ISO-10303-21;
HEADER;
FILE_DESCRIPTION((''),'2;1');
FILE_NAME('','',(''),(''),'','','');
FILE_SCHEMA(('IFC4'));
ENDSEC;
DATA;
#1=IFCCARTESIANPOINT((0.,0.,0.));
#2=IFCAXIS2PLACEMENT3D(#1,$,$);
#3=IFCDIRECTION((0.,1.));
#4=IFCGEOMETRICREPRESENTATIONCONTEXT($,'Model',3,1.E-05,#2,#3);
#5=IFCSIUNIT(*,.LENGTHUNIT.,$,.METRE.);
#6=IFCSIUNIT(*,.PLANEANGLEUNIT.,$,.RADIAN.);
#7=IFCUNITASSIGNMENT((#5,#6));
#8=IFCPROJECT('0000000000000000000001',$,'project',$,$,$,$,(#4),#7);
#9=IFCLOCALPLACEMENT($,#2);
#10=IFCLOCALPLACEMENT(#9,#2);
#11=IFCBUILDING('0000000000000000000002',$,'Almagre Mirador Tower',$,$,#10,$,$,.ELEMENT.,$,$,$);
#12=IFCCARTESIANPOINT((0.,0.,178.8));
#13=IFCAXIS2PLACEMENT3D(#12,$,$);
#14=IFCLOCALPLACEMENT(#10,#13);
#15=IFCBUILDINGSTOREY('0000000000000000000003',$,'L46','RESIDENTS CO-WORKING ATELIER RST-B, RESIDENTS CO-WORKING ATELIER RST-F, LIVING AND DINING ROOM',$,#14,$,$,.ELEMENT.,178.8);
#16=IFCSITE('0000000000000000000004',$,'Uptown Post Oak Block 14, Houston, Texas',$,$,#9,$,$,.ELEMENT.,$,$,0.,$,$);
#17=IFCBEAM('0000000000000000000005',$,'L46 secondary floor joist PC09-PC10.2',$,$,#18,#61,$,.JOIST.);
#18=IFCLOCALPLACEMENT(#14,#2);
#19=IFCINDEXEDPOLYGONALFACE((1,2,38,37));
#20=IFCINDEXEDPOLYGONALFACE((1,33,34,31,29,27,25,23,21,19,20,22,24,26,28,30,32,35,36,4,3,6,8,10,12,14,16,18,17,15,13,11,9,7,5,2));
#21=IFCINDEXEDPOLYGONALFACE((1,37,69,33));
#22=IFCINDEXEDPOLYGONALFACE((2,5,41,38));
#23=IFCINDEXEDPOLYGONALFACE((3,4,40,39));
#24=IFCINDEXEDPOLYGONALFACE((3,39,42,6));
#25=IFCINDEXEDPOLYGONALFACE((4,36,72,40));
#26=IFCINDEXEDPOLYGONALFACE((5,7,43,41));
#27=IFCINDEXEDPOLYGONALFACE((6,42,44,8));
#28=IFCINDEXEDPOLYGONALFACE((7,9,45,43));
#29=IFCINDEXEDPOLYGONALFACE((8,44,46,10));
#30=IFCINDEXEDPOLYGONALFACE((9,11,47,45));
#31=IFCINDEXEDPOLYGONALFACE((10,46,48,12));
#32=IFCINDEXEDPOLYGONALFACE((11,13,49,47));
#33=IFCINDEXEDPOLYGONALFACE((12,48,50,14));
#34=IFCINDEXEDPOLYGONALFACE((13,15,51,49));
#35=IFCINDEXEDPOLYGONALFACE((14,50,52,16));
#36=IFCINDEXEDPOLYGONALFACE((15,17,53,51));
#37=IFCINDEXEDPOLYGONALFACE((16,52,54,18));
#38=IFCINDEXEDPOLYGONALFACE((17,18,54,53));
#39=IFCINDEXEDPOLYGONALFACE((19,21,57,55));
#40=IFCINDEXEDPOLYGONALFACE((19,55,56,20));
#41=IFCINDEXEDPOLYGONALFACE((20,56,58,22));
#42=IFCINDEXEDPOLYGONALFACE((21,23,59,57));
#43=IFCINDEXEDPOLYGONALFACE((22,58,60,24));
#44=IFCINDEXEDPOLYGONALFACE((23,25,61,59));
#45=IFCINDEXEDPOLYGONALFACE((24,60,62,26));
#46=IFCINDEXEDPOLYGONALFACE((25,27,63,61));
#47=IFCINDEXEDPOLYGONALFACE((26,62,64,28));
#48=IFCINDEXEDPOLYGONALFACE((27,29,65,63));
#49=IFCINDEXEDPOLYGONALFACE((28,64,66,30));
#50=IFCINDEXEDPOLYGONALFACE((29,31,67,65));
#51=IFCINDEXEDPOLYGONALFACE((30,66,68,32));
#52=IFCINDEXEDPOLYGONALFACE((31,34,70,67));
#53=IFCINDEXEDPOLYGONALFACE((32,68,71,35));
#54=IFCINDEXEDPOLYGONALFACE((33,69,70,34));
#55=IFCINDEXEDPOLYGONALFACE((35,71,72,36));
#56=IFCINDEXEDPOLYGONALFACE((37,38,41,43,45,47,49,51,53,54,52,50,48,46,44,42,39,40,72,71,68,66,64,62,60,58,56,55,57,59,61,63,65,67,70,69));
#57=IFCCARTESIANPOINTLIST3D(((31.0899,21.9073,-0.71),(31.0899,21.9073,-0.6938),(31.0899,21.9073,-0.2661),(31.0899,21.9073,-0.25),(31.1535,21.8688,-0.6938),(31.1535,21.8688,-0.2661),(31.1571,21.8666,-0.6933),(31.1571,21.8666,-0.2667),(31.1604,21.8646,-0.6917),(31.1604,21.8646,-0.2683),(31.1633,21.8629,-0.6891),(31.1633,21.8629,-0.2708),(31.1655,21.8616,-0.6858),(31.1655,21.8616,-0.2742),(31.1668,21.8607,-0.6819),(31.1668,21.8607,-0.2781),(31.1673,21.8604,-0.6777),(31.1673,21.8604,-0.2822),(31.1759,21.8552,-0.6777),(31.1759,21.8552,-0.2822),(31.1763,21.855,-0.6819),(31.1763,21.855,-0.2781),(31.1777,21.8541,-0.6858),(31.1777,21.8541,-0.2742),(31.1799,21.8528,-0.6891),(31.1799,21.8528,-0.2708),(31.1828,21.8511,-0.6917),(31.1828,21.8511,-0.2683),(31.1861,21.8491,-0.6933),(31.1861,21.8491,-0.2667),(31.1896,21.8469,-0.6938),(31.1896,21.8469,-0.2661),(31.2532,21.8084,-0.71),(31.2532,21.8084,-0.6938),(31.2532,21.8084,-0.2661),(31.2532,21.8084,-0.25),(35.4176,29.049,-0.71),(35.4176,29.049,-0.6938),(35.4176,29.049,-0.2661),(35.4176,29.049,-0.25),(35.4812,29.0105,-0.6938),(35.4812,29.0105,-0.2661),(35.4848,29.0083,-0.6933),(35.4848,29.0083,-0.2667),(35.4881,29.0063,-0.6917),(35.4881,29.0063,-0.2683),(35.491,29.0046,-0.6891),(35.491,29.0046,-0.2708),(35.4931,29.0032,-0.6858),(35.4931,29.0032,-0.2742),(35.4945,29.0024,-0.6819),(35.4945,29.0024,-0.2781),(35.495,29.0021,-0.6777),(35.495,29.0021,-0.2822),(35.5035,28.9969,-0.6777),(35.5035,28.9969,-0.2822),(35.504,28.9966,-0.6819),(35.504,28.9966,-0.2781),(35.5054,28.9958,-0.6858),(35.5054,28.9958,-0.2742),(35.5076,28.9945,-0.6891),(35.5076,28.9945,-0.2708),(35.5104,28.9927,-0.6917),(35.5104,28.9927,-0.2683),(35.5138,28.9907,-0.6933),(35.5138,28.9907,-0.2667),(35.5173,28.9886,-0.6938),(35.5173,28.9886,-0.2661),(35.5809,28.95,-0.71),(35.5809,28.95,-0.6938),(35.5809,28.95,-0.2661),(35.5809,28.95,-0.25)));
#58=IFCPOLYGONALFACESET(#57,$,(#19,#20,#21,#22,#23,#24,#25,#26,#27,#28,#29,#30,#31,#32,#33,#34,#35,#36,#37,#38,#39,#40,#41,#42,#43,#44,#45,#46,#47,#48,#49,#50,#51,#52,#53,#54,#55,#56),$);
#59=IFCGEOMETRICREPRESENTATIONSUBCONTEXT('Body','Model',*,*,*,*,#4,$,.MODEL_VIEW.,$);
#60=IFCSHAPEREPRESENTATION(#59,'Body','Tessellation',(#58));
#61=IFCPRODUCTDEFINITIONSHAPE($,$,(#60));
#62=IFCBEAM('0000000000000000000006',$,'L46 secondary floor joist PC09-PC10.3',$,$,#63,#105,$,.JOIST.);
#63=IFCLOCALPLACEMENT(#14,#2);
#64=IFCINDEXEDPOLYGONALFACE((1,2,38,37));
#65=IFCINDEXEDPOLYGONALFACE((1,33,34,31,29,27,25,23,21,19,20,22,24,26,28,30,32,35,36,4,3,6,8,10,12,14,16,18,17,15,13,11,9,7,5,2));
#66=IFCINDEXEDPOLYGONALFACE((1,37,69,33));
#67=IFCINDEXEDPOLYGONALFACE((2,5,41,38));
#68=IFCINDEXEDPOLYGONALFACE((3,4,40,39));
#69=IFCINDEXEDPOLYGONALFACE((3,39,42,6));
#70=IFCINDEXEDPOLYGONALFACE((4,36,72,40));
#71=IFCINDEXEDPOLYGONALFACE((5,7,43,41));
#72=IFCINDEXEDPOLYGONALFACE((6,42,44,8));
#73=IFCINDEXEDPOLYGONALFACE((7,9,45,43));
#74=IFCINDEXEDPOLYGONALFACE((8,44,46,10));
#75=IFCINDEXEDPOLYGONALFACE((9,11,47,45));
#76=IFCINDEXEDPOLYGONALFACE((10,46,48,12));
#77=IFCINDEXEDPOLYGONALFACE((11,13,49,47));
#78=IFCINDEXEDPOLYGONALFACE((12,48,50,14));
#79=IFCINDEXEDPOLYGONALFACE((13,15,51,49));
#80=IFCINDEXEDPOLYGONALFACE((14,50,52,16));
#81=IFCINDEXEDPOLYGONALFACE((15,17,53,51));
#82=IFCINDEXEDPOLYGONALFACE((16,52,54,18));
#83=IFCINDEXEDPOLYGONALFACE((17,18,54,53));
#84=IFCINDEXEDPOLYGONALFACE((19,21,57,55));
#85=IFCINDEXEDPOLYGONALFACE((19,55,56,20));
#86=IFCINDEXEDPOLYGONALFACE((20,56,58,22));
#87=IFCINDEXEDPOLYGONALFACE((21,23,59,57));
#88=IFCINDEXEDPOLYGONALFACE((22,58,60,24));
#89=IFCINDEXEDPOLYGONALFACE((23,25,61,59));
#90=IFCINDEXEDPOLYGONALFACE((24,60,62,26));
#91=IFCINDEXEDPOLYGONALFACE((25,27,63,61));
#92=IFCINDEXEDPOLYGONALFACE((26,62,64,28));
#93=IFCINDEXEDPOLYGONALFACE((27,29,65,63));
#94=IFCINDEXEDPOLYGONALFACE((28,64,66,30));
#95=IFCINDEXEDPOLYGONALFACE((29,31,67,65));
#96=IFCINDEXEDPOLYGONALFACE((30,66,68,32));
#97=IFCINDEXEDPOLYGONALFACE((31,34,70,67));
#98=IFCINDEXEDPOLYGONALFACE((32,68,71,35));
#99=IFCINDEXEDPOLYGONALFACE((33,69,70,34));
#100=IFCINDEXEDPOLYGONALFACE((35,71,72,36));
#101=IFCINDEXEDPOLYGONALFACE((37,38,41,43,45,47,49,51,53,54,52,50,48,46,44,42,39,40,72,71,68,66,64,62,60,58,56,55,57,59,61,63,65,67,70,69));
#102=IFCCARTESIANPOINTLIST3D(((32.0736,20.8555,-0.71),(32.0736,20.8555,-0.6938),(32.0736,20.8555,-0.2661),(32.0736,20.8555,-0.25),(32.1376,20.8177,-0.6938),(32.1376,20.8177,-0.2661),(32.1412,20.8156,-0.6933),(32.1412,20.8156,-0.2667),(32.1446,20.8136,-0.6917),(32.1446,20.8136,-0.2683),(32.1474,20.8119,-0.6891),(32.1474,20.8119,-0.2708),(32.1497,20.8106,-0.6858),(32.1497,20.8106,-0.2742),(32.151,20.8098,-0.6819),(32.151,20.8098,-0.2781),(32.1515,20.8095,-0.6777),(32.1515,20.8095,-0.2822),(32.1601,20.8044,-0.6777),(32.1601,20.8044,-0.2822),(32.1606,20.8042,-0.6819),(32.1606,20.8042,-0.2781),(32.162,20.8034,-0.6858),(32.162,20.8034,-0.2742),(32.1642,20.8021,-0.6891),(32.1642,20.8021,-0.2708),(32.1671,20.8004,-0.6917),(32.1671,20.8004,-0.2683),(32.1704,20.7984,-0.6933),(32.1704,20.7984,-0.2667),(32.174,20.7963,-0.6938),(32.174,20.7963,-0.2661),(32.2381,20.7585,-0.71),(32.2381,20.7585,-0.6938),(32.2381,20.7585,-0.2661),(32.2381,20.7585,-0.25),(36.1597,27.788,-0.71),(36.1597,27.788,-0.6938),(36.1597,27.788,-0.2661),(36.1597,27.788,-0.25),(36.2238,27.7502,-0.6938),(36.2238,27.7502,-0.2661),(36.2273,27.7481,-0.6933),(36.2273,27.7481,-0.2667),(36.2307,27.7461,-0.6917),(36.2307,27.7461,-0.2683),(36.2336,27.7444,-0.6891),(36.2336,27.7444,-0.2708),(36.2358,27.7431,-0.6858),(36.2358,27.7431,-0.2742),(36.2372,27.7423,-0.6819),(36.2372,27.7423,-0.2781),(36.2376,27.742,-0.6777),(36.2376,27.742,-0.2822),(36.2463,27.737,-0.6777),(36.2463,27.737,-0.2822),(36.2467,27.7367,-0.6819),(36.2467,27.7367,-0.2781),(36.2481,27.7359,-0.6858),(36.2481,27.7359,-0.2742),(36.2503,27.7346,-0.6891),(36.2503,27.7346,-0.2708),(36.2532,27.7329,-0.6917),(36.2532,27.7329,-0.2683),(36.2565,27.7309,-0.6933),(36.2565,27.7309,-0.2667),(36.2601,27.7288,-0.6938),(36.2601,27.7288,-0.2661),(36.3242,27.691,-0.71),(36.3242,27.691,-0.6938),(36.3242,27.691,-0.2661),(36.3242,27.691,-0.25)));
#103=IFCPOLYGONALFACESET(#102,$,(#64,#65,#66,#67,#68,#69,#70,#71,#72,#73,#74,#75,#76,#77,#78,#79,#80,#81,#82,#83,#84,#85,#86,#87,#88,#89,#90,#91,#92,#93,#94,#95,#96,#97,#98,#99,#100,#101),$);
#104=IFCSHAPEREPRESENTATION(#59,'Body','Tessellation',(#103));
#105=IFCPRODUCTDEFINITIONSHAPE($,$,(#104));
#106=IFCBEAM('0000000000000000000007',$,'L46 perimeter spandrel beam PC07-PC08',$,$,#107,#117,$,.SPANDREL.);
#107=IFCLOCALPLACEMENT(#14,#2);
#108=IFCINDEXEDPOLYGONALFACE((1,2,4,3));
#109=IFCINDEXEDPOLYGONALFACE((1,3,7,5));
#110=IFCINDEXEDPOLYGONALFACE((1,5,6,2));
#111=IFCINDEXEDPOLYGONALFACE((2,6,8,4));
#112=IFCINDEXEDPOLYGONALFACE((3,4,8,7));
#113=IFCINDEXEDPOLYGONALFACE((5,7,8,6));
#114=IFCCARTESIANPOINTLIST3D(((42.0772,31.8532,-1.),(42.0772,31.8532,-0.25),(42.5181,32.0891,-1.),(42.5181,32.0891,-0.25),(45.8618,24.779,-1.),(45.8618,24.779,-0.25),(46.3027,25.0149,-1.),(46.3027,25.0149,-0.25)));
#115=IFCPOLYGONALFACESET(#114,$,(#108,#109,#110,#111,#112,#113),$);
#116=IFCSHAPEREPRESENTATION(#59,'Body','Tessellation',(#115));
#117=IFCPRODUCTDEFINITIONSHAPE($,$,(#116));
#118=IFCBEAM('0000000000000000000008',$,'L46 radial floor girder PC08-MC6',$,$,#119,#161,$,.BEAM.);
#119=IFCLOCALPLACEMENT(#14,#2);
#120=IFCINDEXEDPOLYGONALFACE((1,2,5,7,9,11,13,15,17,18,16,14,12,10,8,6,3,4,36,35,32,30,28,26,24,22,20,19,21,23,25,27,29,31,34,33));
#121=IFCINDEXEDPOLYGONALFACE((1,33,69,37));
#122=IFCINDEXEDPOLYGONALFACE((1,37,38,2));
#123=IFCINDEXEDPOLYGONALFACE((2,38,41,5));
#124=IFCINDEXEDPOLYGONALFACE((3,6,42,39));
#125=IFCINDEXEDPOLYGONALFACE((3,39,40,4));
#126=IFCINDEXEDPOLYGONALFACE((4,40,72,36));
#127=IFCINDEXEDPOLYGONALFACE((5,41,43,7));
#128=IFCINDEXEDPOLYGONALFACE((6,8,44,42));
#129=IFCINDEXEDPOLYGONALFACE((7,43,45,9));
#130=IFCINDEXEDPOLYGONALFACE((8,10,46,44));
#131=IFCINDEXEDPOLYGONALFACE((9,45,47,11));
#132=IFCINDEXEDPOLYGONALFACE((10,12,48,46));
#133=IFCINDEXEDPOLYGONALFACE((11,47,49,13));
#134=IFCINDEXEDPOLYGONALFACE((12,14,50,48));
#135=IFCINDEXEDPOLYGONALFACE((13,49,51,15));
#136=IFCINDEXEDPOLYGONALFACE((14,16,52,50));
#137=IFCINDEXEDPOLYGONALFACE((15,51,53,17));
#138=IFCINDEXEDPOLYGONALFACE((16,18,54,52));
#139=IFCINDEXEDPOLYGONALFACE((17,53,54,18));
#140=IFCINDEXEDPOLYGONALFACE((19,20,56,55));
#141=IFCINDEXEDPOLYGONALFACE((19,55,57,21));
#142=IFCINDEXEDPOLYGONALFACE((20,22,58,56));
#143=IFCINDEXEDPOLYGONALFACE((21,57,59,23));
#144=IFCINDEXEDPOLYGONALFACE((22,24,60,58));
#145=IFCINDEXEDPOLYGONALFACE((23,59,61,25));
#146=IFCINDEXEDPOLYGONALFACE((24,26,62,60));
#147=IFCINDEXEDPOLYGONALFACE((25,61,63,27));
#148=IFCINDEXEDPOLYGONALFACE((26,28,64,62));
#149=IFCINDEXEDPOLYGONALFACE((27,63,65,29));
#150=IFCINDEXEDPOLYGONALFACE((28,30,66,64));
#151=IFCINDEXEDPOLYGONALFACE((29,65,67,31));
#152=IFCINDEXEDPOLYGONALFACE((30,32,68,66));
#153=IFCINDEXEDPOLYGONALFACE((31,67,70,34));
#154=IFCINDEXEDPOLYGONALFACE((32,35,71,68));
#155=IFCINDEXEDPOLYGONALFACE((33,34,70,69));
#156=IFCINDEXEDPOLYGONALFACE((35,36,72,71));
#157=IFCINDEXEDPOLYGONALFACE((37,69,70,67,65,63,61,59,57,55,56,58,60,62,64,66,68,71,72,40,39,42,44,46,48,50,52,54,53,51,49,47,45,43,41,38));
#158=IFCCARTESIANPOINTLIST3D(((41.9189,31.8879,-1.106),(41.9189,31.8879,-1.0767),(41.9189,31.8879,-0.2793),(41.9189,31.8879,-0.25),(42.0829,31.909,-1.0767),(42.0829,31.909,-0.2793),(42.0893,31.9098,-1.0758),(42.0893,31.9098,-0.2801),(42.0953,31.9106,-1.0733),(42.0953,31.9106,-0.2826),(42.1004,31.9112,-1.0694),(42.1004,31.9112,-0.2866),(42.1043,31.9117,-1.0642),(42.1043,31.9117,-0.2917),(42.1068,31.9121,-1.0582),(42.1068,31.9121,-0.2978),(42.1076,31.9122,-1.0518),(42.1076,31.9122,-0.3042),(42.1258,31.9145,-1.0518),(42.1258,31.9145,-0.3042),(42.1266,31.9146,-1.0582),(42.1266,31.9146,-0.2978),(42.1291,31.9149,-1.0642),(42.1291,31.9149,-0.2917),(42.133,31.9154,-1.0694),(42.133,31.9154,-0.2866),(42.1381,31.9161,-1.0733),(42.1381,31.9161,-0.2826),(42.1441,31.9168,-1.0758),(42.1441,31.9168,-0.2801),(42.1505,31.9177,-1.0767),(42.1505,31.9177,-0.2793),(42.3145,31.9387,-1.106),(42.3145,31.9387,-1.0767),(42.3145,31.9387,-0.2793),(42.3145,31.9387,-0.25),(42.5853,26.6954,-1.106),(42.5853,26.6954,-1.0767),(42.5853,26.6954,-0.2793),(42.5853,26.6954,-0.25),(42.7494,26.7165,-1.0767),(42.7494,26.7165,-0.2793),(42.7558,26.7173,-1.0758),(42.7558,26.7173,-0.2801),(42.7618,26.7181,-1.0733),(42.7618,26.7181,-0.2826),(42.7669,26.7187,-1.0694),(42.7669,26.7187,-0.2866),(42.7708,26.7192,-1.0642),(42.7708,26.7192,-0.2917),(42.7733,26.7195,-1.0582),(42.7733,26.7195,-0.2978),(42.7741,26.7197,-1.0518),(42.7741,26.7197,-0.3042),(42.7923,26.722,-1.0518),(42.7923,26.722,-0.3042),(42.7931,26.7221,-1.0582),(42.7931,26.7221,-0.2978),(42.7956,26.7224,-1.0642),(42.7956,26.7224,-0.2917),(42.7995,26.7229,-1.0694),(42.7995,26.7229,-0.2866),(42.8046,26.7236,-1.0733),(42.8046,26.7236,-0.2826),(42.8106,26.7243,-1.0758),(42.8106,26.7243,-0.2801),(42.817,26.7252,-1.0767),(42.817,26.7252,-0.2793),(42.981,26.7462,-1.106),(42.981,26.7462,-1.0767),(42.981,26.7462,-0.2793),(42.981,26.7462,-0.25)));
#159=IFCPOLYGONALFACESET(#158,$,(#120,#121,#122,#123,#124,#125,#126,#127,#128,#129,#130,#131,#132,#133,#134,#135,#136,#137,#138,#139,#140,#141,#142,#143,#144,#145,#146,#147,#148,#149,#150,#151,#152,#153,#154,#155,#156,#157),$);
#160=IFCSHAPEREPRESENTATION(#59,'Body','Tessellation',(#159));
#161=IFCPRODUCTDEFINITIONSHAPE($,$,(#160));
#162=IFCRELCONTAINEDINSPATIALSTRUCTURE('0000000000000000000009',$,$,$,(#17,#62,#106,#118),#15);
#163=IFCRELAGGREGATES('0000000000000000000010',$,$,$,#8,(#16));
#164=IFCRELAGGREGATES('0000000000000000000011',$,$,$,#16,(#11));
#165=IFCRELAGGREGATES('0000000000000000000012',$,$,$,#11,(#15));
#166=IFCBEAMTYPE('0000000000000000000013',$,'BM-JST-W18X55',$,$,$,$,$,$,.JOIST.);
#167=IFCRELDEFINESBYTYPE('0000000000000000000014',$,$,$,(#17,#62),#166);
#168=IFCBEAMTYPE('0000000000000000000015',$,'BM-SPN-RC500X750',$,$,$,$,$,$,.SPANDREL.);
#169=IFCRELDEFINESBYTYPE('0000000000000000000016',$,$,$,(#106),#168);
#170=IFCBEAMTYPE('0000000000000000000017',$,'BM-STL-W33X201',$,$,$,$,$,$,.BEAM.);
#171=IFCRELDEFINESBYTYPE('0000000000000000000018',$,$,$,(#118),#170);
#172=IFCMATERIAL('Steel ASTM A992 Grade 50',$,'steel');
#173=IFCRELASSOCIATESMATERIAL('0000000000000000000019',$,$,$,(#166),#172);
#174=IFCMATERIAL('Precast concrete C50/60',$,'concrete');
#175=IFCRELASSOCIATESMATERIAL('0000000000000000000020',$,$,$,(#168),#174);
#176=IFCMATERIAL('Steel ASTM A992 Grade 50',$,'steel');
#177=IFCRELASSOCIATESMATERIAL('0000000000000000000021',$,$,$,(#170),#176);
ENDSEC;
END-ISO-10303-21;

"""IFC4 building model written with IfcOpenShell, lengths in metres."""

from ifc_helpers import new_model, si_unit, direction, frame, origin, origin_2d, place, context, subcontext, project, spatial, rectangle, i_section, extrude, material, material_profile, profile_set, type_object, element, save


model = new_model("IFC4")

# Units and contexts
model_context = context("Model", 3, precision=1e-05, world=origin(), true_north=direction((0.0, 1.0)))
body_context = subcontext(model_context, "Body", "Model", "MODEL_VIEW")
ifc_project = project(units=[si_unit("LENGTHUNIT", "METRE"), si_unit("PLANEANGLEUNIT", "RADIAN")], contexts=[model_context])

# Site, building, storey
site_placement = place(None, origin())
site = spatial("IfcSite", under=ifc_project, at=site_placement, Name="Uptown Post Oak Block 14, Houston, Texas", CompositionType="ELEMENT", RefElevation=0.0)
building_placement = place(site_placement, origin())
building = spatial("IfcBuilding", under=site, at=building_placement, Name="Almagre Mirador Tower", CompositionType="ELEMENT")
storey_placement = place(building_placement, frame((0.0, 0.0, 178.8)))
storey = spatial("IfcBuildingStorey", under=building, at=storey_placement, Name="L46", Description="RESIDENTS CO-WORKING ATELIER RST-B, RESIDENTS CO-WORKING ATELIER RST-F, LIVING AND DINING ROOM", CompositionType="ELEMENT", Elevation=178.8)

# Beams
ifc_material_1 = material(Name="Steel ASTM A992 Grade 50", Category="steel")
ifc_material_profile_1 = material_profile(ifc_material_1, i_section(OverallWidth=0.1909, OverallDepth=0.46, WebThickness=0.01, FlangeThickness=0.0161, FilletRadius=0.0161, at=origin_2d()), Name="W18X55")
ifc_profile_set_1 = profile_set([ifc_material_profile_1], Name="Steel ASTM A992 Grade 50")
beam_type_1 = type_object("IfcBeamType", Name="BM-JST-W18X55", PredefinedType="JOIST", material=ifc_profile_set_1)
beam_1_placement = place(storey_placement, frame((35.4993, 28.9995, -0.48), z_axis=(-0.518249, -0.85523, 0.0), x_axis=(0.85523, -0.518249, 0.0)))
element("IfcBeam", 1, at=beam_1_placement, inside=storey, type_object=beam_type_1, Name="L46 secondary floor joist PC09-PC10.2", PredefinedType="JOIST", context=body_context, shape_type="SweptSolid", body=[
    extrude(i_section(OverallWidth=0.1909, OverallDepth=0.46, WebThickness=0.01, FlangeThickness=0.0161, FilletRadius=0.0161, at=origin_2d()), origin(), (0.0, 0.0, 1.0), 8.3506),
])
beam_2_placement = place(storey_placement, frame((36.2419, 27.7395, -0.48), z_axis=(-0.507774, -0.86149, 0.0), x_axis=(0.86149, -0.507774, 0.0)))
element("IfcBeam", 2, at=beam_2_placement, inside=storey, type_object=beam_type_1, Name="L46 secondary floor joist PC09-PC10.3", PredefinedType="JOIST", context=body_context, shape_type="SweptSolid", body=[
    extrude(i_section(OverallWidth=0.1909, OverallDepth=0.46, WebThickness=0.01, FlangeThickness=0.0161, FilletRadius=0.0161, at=origin_2d()), origin(), (0.0, 0.0, 1.0), 8.0471),
])
ifc_material_2 = material(Name="Precast concrete C50/60", Category="concrete")
ifc_material_profile_2 = material_profile(ifc_material_2, rectangle(XDim=0.5, YDim=0.75, at=origin_2d()), Name="RC500X750")
ifc_profile_set_2 = profile_set([ifc_material_profile_2], Name="Precast concrete C50/60")
beam_type_2 = type_object("IfcBeamType", Name="BM-SPN-RC500X750", PredefinedType="SPANDREL", material=ifc_profile_set_2)
beam_3_placement = place(storey_placement, frame((46.0823, 24.897, -0.625), z_axis=(-0.471728, 0.881744, 0.0), x_axis=(-0.881744, -0.471728, 0.0)))
element("IfcBeam", 3, at=beam_3_placement, inside=storey, type_object=beam_type_2, Name="L46 perimeter spandrel beam PC07-PC08", PredefinedType="SPANDREL", context=body_context, shape_type="SweptSolid", body=[
    extrude(rectangle(XDim=0.5, YDim=0.75, at=origin_2d()), origin(), (0.0, 0.0, 1.0), 8.0229),
])
ifc_material_3 = material(Name="Steel ASTM A992 Grade 50", Category="steel")
ifc_material_profile_3 = material_profile(ifc_material_3, i_section(OverallWidth=0.3989, OverallDepth=0.856, WebThickness=0.0183, FlangeThickness=0.0293, FilletRadius=0.0249, at=origin_2d()), Name="W33X201")
ifc_profile_set_3 = profile_set([ifc_material_profile_3], Name="Steel ASTM A992 Grade 50")
beam_type_3 = type_object("IfcBeamType", Name="BM-STL-W33X201", PredefinedType="BEAM", material=ifc_profile_set_3)
beam_4_placement = place(storey_placement, frame((42.1167, 31.9133, -0.678), z_axis=(0.127311, -0.991863, 0.0), x_axis=(0.991863, 0.127311, 0.0)))
element("IfcBeam", 4, at=beam_4_placement, inside=storey, type_object=beam_type_3, Name="L46 radial floor girder PC08-MC6", PredefinedType="BEAM", context=body_context, shape_type="SweptSolid", body=[
    extrude(i_section(OverallWidth=0.3989, OverallDepth=0.856, WebThickness=0.0183, FlangeThickness=0.0293, FilletRadius=0.0249, at=origin_2d()), origin(), (0.0, 0.0, 1.0), 5.2351),
])

save(model, "model.ifc")
